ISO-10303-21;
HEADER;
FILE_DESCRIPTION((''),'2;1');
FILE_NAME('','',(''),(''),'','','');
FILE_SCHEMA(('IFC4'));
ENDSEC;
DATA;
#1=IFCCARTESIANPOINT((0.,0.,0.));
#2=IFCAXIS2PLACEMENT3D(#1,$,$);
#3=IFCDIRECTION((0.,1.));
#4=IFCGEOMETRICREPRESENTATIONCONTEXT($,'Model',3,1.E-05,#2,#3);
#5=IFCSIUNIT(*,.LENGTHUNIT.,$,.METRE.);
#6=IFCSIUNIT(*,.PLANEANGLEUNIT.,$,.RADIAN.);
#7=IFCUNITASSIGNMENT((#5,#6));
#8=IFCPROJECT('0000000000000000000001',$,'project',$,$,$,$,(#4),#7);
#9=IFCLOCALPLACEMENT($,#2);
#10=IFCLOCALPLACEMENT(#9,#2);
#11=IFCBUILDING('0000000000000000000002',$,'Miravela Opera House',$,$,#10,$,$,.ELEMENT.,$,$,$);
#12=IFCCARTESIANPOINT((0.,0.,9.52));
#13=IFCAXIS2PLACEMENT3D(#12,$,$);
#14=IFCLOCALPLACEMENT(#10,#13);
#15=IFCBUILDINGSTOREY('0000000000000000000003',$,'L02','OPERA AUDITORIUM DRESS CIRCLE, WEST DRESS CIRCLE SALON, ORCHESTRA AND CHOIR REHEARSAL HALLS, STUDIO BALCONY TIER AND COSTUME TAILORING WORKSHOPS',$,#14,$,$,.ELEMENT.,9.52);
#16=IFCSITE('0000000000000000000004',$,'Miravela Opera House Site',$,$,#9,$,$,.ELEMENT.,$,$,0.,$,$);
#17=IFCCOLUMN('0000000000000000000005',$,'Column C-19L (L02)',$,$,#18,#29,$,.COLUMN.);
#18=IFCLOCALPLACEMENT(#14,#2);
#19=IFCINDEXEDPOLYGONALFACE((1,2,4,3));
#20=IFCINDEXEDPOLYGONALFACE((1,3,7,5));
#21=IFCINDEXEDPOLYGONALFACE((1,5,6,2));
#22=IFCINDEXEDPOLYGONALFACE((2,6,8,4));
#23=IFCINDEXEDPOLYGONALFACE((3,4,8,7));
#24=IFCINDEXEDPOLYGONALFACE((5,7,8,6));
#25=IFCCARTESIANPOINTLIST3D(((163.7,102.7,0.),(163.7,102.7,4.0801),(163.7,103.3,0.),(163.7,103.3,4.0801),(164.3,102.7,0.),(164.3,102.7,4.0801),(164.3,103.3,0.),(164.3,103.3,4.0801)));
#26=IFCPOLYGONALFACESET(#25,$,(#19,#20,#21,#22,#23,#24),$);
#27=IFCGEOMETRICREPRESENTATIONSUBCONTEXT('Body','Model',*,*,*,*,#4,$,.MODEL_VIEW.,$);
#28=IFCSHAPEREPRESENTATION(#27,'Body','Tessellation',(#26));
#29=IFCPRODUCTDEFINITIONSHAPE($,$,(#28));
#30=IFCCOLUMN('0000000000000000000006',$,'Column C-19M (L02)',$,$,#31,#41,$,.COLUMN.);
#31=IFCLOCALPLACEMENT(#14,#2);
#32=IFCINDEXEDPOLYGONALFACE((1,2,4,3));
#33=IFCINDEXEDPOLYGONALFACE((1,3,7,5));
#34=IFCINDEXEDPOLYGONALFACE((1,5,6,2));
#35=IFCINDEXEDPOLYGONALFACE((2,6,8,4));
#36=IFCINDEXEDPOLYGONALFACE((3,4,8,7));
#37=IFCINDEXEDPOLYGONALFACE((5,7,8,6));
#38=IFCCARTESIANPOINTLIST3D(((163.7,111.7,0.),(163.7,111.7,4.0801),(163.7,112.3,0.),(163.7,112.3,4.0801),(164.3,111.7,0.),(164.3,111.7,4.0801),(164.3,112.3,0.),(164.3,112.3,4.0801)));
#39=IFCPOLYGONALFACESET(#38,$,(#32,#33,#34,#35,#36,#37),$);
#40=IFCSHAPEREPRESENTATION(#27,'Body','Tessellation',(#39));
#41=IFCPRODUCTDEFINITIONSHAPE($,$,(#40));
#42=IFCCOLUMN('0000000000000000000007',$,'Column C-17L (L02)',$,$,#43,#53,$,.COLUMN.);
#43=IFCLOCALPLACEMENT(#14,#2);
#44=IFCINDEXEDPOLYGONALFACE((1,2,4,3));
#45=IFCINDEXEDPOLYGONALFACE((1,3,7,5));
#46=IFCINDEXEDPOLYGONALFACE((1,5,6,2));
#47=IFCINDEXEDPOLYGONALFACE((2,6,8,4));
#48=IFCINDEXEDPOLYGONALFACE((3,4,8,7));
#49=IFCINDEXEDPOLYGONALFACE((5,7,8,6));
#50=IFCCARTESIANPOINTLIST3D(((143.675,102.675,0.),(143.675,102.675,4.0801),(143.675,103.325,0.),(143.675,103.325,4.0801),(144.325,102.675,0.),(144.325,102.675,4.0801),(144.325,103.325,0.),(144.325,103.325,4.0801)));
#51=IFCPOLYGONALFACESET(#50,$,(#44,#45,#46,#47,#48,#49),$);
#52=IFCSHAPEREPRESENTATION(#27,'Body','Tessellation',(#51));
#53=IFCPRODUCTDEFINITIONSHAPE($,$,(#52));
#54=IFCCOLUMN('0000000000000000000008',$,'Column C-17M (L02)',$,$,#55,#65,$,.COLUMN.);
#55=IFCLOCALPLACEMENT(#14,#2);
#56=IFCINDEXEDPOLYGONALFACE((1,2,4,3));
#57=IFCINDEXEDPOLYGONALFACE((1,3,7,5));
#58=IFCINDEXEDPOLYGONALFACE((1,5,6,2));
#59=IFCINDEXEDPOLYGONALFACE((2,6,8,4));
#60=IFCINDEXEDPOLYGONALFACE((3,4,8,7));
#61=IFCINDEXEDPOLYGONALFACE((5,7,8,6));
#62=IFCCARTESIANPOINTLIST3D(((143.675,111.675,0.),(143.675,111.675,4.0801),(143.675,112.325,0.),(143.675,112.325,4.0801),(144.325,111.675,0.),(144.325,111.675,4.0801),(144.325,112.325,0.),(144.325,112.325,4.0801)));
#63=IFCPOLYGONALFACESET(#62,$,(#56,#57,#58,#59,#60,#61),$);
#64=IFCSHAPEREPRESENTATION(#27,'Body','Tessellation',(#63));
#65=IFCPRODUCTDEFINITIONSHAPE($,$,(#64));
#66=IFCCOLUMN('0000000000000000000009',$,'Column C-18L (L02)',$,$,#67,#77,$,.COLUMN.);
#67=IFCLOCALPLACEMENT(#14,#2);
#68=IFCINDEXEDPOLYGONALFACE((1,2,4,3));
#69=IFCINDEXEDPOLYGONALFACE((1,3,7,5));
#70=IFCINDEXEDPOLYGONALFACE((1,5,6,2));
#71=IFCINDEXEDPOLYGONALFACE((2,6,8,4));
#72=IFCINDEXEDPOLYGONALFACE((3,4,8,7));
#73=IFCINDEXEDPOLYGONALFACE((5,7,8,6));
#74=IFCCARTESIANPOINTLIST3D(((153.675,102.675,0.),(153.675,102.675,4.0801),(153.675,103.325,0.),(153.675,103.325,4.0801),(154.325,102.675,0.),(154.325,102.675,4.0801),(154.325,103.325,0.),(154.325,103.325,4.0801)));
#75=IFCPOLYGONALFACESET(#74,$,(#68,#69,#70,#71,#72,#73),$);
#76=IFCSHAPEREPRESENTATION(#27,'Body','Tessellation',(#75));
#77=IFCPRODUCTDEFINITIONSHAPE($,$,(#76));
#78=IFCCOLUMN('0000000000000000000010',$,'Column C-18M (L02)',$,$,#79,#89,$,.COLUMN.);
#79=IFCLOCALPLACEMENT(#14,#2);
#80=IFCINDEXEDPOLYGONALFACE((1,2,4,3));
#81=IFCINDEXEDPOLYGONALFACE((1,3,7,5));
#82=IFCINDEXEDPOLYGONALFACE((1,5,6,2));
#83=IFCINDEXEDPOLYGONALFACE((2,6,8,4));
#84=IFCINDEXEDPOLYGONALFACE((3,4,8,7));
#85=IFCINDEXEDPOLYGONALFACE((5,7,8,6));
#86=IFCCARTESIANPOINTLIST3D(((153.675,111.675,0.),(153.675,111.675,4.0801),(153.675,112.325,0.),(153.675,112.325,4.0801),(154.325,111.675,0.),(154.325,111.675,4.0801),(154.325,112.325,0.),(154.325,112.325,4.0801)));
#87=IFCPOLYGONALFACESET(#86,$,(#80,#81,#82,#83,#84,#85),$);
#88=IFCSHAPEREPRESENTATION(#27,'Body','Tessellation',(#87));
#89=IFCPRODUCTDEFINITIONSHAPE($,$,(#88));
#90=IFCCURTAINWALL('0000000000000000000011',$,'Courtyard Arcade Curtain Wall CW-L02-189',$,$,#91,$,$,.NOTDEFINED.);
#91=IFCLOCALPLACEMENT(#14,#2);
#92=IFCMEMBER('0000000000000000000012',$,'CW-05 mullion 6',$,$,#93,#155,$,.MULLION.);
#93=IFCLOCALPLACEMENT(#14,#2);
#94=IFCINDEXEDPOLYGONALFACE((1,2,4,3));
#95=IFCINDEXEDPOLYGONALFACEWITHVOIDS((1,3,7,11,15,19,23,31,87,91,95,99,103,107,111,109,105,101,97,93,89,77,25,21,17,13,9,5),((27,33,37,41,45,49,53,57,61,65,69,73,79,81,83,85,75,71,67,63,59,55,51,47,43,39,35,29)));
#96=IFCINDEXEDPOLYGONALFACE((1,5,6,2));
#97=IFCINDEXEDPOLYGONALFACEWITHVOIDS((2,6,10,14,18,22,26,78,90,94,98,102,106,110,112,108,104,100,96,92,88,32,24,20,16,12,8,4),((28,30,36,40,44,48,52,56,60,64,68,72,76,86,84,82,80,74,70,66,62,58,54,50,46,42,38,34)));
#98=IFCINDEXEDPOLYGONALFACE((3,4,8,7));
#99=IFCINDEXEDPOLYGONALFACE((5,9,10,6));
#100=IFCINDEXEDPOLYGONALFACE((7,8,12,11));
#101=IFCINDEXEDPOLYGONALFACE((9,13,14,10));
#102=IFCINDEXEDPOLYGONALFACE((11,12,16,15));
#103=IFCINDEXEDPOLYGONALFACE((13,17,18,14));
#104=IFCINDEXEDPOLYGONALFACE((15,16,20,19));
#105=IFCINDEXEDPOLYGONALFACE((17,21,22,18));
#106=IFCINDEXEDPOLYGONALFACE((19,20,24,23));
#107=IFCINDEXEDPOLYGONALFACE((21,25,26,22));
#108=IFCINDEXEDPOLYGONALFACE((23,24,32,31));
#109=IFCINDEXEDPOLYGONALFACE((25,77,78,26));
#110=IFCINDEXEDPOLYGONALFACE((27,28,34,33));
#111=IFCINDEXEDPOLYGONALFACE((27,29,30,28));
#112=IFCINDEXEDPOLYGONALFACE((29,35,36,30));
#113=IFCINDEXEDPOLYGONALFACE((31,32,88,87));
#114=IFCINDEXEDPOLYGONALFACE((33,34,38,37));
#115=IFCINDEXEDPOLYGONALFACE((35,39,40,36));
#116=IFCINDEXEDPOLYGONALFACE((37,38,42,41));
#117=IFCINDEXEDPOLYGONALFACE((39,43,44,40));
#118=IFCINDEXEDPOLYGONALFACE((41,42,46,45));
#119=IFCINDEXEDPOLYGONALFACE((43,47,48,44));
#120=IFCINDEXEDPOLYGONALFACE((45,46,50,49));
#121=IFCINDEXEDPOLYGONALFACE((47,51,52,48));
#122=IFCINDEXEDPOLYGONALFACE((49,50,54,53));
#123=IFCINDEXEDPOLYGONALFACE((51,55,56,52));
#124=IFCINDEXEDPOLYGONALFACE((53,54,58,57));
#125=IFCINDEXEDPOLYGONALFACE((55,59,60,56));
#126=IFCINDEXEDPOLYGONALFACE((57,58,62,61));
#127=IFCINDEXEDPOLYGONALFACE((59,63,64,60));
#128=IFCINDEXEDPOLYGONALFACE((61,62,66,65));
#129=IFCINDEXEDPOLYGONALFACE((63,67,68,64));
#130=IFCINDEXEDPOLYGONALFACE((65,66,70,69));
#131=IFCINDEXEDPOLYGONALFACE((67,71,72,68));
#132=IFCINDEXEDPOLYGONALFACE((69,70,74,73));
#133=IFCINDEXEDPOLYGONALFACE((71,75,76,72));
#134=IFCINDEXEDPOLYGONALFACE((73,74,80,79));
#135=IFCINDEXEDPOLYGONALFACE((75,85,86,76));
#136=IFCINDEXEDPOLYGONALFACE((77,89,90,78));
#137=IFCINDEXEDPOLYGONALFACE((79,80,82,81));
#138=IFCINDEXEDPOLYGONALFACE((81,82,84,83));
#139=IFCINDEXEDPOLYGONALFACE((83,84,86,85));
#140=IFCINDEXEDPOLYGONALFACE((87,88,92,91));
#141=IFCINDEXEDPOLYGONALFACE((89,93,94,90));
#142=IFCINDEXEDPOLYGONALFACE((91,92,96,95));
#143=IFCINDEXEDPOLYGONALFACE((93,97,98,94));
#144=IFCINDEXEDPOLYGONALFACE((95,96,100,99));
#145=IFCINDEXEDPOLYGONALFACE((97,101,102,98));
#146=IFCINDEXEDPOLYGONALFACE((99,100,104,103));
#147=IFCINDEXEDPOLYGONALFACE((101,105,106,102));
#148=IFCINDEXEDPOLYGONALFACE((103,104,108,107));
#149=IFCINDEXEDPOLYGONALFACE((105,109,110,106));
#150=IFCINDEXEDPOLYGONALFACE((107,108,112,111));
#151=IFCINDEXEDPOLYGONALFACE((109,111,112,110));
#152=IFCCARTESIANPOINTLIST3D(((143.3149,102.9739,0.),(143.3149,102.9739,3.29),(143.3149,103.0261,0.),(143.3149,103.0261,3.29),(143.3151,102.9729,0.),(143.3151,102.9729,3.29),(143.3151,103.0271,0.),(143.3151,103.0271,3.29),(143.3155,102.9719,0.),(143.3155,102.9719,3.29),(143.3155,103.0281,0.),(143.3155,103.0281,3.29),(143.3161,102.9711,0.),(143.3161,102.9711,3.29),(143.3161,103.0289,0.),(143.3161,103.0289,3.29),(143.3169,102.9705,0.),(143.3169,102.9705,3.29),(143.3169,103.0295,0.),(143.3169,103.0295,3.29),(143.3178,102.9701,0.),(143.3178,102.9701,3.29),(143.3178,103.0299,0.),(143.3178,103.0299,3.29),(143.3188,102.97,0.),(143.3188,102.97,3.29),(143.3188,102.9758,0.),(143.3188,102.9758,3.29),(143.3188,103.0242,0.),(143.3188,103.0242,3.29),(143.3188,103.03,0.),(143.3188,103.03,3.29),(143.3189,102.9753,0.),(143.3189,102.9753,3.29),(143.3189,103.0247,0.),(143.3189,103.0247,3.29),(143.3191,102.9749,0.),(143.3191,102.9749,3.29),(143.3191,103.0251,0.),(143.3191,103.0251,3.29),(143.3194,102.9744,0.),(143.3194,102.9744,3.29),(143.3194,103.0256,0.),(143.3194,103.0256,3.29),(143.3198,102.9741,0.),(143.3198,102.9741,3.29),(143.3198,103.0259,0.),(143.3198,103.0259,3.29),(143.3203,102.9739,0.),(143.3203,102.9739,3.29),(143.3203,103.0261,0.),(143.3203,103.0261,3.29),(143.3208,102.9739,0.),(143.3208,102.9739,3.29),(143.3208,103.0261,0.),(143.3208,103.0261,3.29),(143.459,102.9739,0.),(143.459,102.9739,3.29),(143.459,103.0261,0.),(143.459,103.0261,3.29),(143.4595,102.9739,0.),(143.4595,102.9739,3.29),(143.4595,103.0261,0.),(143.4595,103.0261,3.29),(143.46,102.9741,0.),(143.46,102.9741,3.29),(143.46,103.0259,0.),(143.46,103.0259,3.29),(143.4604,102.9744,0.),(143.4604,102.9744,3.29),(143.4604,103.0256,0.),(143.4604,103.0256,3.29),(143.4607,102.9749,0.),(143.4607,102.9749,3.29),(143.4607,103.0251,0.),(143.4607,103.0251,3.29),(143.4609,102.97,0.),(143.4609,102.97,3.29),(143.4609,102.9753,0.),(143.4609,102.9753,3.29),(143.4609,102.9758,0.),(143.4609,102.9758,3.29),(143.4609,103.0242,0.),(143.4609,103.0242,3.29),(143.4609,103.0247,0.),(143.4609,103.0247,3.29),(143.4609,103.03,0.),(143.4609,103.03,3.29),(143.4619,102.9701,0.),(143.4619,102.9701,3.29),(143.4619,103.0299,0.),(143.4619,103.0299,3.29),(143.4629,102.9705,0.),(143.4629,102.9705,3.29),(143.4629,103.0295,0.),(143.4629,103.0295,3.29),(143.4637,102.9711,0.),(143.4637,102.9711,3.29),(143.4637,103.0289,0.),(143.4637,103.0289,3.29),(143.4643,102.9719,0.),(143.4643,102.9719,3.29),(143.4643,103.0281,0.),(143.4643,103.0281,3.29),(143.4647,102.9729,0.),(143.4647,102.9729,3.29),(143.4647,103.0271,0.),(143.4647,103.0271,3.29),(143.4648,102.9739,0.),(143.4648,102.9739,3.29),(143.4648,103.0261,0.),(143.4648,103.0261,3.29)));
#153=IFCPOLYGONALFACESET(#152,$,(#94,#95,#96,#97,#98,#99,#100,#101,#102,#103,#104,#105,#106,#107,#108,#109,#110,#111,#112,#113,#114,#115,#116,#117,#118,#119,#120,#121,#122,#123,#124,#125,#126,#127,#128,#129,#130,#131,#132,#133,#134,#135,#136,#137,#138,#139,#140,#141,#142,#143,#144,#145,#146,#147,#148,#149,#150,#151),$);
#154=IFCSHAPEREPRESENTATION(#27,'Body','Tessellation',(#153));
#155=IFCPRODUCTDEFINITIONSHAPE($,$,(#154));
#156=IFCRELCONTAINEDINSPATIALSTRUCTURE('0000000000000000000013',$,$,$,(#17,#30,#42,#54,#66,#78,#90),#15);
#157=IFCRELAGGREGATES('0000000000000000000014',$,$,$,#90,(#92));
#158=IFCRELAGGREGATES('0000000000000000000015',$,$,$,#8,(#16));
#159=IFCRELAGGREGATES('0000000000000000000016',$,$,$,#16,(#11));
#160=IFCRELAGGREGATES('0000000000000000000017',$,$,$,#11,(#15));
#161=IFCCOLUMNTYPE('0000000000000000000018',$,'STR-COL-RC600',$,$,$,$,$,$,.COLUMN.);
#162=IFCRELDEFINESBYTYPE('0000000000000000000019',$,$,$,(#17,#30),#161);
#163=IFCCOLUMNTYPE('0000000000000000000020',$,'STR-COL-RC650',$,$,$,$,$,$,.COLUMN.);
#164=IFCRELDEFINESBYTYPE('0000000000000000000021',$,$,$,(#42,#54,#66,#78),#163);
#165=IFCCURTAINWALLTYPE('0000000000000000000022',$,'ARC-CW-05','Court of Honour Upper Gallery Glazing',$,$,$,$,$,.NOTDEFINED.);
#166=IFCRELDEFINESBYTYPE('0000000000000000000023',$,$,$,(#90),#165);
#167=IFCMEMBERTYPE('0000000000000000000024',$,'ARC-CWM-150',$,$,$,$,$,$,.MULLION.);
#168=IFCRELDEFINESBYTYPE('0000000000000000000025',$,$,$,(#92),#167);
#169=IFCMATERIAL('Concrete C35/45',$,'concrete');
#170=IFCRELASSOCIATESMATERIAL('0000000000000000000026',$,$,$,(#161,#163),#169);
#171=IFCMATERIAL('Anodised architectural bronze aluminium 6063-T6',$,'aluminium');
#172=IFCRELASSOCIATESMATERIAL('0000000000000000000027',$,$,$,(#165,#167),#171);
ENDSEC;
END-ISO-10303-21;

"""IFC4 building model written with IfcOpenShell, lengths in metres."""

from ifc_helpers import new_model, si_unit, direction, frame, origin, origin_2d, place, context, subcontext, project, spatial, rectangle, hollow_rectangle, extrude, material, material_profile, profile_set, type_object, element, aggregate, save


model = new_model("IFC4")

# Units and contexts
model_context = context("Model", 3, precision=1e-05, world=origin(), true_north=direction((0.0, 1.0)))
body_context = subcontext(model_context, "Body", "Model", "MODEL_VIEW")
ifc_project = project(units=[si_unit("LENGTHUNIT", "METRE"), si_unit("PLANEANGLEUNIT", "RADIAN")], contexts=[model_context])

# Site, building, storey
site_placement = place(None, origin())
site = spatial("IfcSite", under=ifc_project, at=site_placement, Name="Miravela Opera House Site", CompositionType="ELEMENT", RefElevation=0.0)
building_placement = place(site_placement, origin())
building = spatial("IfcBuilding", under=site, at=building_placement, Name="Miravela Opera House", CompositionType="ELEMENT")
storey_placement = place(building_placement, frame((0.0, 0.0, 9.52)))
storey = spatial("IfcBuildingStorey", under=building, at=storey_placement, Name="L02", Description="OPERA AUDITORIUM DRESS CIRCLE, WEST DRESS CIRCLE SALON, ORCHESTRA AND CHOIR REHEARSAL HALLS, STUDIO BALCONY TIER AND COSTUME TAILORING WORKSHOPS", CompositionType="ELEMENT", Elevation=9.52)

# Columns
ifc_material_1 = material(Name="Concrete C35/45", Category="concrete")
ifc_material_profile_1 = material_profile(ifc_material_1, rectangle(XDim=0.6001, YDim=0.6001, at=origin_2d()), Name="RC-COL-600X600")
ifc_profile_set_1 = profile_set([ifc_material_profile_1])
column_type_1 = type_object("IfcColumnType", Name="STR-COL-RC600", PredefinedType="COLUMN", material=ifc_profile_set_1)
for number, where, z_axis, x_axis, name in (
    (1, (164.0, 103.0, 0.0), (0.0, 0.0, 1.0), (1.0, 0.0, 0.0), "Column C-19L (L02)"),
    (2, (164.0, 112.0, 0.0), (0.0, 0.0, 1.0), (1.0, 0.0, 0.0), "Column C-19M (L02)"),
):
    element("IfcColumn", number, at=place(storey_placement, frame(where, z_axis=z_axis, x_axis=x_axis)), inside=storey, type_object=column_type_1, Name=name, PredefinedType="COLUMN", context=body_context, shape_type="SweptSolid", body=[
        extrude(rectangle(XDim=0.6001, YDim=0.6001, at=origin_2d()), origin(), (0.0, 0.0, 1.0), 4.0801),
    ])
ifc_material_profile_2 = material_profile(ifc_material_1, rectangle(XDim=0.6499, YDim=0.6499, at=origin_2d()), Name="RC-COL-650X650")
ifc_profile_set_2 = profile_set([ifc_material_profile_2])
column_type_2 = type_object("IfcColumnType", Name="STR-COL-RC650", PredefinedType="COLUMN", material=ifc_profile_set_2)
for number, where, z_axis, x_axis, name in (
    (3, (144.0, 103.0, 0.0), (0.0, 0.0, 1.0), (1.0, 0.0, 0.0), "Column C-17L (L02)"),
    (4, (144.0, 112.0, 0.0), (0.0, 0.0, 1.0), (1.0, 0.0, 0.0), "Column C-17M (L02)"),
    (5, (154.0, 103.0, 0.0), (0.0, 0.0, 1.0), (1.0, 0.0, 0.0), "Column C-18L (L02)"),
    (6, (154.0, 112.0, 0.0), (0.0, 0.0, 1.0), (1.0, 0.0, 0.0), "Column C-18M (L02)"),
):
    element("IfcColumn", number, at=place(storey_placement, frame(where, z_axis=z_axis, x_axis=x_axis)), inside=storey, type_object=column_type_2, Name=name, PredefinedType="COLUMN", context=body_context, shape_type="SweptSolid", body=[
        extrude(rectangle(XDim=0.6499, YDim=0.6499, at=origin_2d()), origin(), (0.0, 0.0, 1.0), 4.0801),
    ])

# Curtain wall, member
ifc_material_2 = material(Name="Anodised architectural bronze aluminium 6063-T6", Category="aluminium")
curtain_wall_type = type_object("IfcCurtainWallType", Name="ARC-CW-05", Description="Court of Honour Upper Gallery Glazing", PredefinedType="NOTDEFINED", material=ifc_material_2)
curtain_wall_placement = place(storey_placement, origin())
curtain_wall = element("IfcCurtainWall", 7, at=curtain_wall_placement, inside=storey, type_object=curtain_wall_type, Name="Courtyard Arcade Curtain Wall CW-L02-189", PredefinedType="NOTDEFINED")
ifc_material_profile_3 = material_profile(ifc_material_2, hollow_rectangle(XDim=0.0601, YDim=0.1499, WallThickness=0.0039, InnerFilletRadius=0.002, OuterFilletRadius=0.0039, at=origin_2d()), Name="CWM-60X150")
ifc_profile_set_3 = profile_set([ifc_material_profile_3])
member_type_1 = type_object("IfcMemberType", Name="ARC-CWM-150", PredefinedType="MULLION", material=ifc_profile_set_3)
member_1_placement = place(storey_placement, frame((143.3899, 103.0, 0.0), z_axis=(0.0, 0.0, 1.0), x_axis=(0.0, 1.0, 0.0)))
member_1 = element("IfcMember", 8, at=member_1_placement, type_object=member_type_1, Name="CW-05 mullion 6", PredefinedType="MULLION", context=body_context, shape_type="SweptSolid", body=[
    extrude(hollow_rectangle(XDim=0.0601, YDim=0.1499, WallThickness=0.0039, InnerFilletRadius=0.002, OuterFilletRadius=0.0039, at=origin_2d()), origin(), (0.0, 0.0, 1.0), 3.29),
])

aggregate(curtain_wall, [member_1])

save(model, "model.ifc")
